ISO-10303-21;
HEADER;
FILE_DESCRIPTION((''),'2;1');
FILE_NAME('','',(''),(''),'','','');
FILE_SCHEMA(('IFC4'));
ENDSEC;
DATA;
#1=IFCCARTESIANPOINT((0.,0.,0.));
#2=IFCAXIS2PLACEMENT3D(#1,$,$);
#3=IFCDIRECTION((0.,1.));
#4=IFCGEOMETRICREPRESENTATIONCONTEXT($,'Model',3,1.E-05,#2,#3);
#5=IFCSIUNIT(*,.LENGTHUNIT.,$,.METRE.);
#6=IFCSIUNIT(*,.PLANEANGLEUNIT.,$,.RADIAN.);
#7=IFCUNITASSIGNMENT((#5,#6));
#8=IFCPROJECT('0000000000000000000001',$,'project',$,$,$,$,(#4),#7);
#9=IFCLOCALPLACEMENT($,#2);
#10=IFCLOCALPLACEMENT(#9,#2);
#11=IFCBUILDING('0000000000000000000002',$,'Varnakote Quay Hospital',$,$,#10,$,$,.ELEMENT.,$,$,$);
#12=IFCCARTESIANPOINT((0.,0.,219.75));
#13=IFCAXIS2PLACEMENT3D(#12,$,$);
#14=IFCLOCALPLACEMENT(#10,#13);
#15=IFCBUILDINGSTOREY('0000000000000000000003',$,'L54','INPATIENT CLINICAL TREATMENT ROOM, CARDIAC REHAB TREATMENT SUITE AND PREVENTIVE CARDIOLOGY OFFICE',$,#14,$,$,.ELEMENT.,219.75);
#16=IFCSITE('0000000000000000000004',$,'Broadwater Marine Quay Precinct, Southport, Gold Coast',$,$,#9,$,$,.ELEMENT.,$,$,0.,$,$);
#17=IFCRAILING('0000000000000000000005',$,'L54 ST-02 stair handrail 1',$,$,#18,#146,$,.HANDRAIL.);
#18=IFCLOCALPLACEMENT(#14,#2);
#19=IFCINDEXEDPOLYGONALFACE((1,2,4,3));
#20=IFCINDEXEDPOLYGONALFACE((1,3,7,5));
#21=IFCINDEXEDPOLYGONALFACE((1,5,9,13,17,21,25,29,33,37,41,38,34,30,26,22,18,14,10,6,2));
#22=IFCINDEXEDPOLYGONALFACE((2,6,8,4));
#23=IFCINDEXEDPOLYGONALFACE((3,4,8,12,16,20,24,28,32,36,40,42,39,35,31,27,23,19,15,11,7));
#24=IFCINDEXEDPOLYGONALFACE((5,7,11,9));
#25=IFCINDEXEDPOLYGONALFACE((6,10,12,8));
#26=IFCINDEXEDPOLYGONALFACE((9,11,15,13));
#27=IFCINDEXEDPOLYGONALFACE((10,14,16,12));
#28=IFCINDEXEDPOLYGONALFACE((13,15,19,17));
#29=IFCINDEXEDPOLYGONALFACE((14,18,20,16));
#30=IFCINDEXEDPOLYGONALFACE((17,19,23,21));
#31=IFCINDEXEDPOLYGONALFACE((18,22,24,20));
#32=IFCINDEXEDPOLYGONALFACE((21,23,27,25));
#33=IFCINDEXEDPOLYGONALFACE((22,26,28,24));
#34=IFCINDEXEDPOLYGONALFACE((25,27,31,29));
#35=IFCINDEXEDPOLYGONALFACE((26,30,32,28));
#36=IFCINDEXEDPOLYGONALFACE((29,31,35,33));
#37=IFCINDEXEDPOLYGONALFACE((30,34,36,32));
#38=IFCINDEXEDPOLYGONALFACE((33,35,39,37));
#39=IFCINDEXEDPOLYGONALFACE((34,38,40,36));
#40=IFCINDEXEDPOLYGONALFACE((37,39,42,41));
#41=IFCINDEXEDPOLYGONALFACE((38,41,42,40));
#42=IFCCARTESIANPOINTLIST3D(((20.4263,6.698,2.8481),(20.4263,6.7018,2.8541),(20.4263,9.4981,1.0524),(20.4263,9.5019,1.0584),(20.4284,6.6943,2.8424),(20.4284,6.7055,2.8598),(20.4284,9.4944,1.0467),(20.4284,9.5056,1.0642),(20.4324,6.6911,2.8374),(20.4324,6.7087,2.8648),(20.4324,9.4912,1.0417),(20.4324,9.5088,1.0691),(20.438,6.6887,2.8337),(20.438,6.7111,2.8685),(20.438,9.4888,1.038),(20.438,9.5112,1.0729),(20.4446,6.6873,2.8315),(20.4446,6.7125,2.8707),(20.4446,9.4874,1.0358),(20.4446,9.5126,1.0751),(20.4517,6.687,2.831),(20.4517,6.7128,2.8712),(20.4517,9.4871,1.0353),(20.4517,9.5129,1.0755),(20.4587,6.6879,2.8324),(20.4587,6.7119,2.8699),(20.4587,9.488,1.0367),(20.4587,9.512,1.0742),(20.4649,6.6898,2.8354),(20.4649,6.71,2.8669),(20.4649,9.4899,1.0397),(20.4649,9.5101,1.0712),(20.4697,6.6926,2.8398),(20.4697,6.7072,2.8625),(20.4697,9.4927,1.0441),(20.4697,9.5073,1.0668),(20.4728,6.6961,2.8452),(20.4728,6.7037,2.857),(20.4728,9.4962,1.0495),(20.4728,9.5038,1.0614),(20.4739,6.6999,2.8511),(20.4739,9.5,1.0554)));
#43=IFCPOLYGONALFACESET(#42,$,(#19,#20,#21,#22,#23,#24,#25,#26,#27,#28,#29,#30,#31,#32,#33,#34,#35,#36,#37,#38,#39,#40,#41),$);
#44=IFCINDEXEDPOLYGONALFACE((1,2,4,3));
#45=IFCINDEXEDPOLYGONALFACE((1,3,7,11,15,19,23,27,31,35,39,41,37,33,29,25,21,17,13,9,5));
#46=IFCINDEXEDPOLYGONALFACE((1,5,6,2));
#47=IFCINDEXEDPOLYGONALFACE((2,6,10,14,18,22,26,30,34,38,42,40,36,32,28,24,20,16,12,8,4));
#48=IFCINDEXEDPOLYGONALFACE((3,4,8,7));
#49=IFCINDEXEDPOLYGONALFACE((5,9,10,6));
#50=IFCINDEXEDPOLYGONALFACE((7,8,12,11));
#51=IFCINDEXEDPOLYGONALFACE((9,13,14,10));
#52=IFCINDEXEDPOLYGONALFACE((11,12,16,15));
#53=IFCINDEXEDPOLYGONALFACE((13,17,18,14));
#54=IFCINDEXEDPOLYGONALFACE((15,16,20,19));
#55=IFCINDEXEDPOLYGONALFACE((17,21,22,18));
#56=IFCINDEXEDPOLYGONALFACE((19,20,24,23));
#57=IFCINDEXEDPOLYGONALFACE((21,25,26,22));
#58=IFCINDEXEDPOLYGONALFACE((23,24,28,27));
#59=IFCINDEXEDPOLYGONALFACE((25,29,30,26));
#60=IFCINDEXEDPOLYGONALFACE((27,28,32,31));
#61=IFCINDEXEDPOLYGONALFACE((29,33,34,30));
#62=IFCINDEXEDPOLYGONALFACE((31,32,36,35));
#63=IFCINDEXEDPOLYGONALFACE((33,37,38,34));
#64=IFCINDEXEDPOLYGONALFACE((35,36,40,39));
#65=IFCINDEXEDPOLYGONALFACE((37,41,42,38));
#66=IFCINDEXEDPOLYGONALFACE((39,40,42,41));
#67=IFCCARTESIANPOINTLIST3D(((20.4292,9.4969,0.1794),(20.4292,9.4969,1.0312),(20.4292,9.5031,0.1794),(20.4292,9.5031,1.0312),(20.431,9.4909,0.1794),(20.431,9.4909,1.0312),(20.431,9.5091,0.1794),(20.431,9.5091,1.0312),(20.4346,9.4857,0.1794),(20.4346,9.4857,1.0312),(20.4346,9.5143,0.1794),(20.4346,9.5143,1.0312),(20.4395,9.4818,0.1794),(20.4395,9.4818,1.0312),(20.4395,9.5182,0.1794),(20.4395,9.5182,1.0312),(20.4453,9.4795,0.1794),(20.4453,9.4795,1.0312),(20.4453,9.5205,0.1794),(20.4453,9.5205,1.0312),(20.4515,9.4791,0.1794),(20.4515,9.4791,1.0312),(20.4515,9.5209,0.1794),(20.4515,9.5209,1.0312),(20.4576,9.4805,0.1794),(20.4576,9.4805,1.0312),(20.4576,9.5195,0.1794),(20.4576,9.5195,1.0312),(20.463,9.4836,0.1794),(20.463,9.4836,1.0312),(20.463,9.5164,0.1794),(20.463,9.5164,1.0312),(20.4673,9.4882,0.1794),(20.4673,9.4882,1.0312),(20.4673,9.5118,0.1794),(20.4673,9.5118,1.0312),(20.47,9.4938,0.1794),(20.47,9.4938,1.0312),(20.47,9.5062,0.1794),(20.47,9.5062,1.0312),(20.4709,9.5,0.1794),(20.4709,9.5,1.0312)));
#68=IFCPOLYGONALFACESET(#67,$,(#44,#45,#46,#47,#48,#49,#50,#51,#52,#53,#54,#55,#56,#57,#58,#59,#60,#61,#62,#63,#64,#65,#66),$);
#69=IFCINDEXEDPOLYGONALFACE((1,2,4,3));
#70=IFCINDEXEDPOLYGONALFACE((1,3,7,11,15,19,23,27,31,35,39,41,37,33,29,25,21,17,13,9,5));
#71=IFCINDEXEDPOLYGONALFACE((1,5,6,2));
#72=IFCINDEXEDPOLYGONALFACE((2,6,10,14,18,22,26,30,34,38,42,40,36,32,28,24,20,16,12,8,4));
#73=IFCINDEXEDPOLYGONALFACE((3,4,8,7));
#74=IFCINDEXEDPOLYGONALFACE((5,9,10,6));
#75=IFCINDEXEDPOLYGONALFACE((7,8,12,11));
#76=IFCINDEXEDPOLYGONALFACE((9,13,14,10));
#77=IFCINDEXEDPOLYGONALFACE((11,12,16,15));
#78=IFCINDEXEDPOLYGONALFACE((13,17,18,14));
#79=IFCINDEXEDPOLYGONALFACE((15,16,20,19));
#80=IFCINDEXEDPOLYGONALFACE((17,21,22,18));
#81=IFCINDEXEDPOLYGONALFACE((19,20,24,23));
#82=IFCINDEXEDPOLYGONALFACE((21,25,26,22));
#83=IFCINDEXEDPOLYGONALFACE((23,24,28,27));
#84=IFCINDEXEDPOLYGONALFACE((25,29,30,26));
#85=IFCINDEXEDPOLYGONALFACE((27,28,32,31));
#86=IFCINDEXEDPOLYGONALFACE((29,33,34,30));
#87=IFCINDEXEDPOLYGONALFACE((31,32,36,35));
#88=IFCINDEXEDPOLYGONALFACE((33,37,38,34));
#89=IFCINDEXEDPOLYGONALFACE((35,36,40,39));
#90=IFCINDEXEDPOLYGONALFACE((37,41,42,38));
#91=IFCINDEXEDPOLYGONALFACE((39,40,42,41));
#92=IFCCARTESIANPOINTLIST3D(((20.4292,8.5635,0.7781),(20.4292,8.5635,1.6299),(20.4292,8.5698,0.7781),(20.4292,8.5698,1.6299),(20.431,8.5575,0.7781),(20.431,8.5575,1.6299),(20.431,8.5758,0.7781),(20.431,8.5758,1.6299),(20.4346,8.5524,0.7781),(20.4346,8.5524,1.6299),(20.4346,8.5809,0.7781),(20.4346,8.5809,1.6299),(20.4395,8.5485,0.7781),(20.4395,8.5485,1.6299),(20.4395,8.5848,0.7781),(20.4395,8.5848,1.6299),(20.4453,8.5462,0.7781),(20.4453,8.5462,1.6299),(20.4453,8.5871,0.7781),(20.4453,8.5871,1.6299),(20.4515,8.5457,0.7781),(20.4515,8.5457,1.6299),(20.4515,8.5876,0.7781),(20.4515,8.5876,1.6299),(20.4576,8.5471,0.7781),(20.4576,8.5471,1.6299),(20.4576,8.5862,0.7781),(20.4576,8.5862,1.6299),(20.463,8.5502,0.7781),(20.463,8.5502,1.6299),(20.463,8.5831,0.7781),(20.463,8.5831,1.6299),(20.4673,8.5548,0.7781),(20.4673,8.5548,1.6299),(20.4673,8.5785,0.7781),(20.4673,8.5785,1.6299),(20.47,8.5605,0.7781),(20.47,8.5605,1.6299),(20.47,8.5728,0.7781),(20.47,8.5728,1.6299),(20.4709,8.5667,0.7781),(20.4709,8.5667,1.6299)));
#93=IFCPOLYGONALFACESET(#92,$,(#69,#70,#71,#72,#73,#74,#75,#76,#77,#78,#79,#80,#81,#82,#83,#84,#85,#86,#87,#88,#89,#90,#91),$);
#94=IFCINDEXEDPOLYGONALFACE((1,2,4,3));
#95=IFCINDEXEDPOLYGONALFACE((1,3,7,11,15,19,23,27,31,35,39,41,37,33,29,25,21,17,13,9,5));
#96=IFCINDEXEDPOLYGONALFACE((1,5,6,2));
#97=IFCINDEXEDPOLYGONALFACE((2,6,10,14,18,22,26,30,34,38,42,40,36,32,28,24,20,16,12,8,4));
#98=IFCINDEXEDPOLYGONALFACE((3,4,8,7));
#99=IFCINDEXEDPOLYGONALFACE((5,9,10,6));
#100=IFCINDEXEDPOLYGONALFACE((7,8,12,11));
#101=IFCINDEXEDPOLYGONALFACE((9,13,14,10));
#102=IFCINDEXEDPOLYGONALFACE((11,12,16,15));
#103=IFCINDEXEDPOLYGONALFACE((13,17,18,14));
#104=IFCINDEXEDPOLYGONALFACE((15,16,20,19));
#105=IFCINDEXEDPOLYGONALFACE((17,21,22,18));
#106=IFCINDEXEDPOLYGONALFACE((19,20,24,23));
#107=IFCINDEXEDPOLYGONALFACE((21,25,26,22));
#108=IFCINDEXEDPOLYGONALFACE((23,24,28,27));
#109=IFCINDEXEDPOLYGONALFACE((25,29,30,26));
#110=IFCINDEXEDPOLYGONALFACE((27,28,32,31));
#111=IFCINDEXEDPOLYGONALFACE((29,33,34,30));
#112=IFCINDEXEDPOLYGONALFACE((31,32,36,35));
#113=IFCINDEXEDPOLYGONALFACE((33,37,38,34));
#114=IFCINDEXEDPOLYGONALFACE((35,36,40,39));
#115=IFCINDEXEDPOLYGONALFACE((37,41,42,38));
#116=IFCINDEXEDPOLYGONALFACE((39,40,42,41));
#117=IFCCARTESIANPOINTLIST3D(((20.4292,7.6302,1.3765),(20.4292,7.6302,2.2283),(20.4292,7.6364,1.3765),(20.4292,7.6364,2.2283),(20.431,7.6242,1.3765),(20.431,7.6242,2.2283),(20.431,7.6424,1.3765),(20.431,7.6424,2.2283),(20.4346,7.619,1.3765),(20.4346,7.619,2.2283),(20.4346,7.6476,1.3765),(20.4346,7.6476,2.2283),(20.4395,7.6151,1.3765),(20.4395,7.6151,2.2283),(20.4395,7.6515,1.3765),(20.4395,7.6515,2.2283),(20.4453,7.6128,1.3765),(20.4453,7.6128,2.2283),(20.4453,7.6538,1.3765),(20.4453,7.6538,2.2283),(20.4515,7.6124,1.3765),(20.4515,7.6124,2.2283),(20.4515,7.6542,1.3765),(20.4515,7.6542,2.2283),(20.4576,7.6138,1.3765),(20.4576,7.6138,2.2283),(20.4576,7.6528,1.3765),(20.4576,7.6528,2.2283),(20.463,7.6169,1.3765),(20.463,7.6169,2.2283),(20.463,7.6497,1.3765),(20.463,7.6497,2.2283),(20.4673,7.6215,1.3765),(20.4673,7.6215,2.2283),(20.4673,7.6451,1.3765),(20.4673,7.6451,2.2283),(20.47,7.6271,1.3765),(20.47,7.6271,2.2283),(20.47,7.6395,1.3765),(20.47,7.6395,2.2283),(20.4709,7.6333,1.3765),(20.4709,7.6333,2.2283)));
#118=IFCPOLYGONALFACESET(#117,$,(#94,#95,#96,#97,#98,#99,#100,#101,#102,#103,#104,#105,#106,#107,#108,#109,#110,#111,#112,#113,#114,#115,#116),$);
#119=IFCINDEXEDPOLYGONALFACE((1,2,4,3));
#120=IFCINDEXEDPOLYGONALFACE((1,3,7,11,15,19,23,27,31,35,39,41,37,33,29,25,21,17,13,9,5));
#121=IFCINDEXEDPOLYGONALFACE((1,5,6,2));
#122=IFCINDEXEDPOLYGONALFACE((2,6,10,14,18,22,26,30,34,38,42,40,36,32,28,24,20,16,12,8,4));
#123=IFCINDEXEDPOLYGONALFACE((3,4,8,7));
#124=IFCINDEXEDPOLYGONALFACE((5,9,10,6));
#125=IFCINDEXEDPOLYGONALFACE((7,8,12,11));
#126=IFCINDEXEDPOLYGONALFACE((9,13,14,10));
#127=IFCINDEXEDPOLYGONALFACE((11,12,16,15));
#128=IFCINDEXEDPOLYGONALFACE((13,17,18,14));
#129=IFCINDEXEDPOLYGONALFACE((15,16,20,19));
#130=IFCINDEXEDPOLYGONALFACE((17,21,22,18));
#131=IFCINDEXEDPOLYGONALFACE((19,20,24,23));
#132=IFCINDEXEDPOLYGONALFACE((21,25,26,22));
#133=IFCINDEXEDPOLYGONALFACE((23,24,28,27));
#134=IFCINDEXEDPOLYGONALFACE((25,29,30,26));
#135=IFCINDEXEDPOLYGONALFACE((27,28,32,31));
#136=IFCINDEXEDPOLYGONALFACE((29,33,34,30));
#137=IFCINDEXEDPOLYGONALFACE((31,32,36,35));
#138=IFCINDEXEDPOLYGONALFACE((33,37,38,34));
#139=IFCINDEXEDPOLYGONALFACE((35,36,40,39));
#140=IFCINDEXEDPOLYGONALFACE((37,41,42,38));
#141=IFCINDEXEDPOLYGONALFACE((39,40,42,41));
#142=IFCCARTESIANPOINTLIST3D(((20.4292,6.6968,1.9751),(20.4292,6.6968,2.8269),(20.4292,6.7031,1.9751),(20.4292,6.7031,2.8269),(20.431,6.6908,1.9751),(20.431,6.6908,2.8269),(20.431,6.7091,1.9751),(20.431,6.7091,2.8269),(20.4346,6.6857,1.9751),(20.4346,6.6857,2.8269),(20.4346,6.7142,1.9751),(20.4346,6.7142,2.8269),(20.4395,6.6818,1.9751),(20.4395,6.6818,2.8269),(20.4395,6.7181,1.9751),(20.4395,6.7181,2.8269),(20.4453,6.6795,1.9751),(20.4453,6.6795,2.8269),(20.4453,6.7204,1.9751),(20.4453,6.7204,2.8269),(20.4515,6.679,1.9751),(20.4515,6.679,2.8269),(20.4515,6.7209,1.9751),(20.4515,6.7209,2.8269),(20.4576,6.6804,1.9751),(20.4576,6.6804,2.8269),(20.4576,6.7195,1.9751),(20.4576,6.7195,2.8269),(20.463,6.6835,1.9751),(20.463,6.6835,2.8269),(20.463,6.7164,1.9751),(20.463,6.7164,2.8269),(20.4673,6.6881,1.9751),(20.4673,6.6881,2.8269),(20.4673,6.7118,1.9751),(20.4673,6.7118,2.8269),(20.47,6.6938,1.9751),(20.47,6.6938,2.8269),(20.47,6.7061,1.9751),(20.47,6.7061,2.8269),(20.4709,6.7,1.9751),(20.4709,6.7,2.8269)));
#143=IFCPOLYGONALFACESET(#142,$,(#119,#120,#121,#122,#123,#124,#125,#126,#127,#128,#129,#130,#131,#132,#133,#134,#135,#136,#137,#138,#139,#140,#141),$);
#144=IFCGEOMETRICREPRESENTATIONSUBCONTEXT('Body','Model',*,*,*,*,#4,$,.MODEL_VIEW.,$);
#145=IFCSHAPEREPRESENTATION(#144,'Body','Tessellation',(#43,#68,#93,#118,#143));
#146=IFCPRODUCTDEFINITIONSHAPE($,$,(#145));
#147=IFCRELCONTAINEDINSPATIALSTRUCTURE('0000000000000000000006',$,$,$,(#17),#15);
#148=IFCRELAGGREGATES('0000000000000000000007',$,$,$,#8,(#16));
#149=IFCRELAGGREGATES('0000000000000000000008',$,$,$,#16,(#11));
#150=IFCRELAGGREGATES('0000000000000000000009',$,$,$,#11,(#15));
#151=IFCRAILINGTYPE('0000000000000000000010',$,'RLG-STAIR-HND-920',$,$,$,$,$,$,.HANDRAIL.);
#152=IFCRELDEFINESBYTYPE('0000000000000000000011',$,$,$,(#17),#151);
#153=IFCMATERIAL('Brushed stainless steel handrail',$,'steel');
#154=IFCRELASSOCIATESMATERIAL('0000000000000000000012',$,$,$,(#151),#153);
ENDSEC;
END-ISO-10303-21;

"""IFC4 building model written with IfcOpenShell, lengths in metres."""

from ifc_helpers import new_model, si_unit, direction, frame, origin, origin_2d, place, context, subcontext, project, spatial, circle, extrude, material, type_object, element, save


model = new_model("IFC4")

# Units and contexts
model_context = context("Model", 3, precision=1e-05, world=origin(), true_north=direction((0.0, 1.0)))
body_context = subcontext(model_context, "Body", "Model", "MODEL_VIEW")
ifc_project = project(units=[si_unit("LENGTHUNIT", "METRE"), si_unit("PLANEANGLEUNIT", "RADIAN")], contexts=[model_context])

# Site, building, storey
site_placement = place(None, origin())
site = spatial("IfcSite", under=ifc_project, at=site_placement, Name="Broadwater Marine Quay Precinct, Southport, Gold Coast", CompositionType="ELEMENT", RefElevation=0.0)
building_placement = place(site_placement, origin())
building = spatial("IfcBuilding", under=site, at=building_placement, Name="Varnakote Quay Hospital", CompositionType="ELEMENT")
storey_placement = place(building_placement, frame((0.0, 0.0, 219.75)))
storey = spatial("IfcBuildingStorey", under=building, at=storey_placement, Name="L54", Description="INPATIENT CLINICAL TREATMENT ROOM, CARDIAC REHAB TREATMENT SUITE AND PREVENTIVE CARDIOLOGY OFFICE", CompositionType="ELEMENT", Elevation=219.75)

# Railing
ifc_material_1 = material(Name="Brushed stainless steel handrail", Category="steel")
railing_type_1 = type_object("IfcRailingType", Name="RLG-STAIR-HND-920", PredefinedType="HANDRAIL", material=ifc_material_1)
railing_1_placement = place(storey_placement, frame((20.45, 9.5, 0.1794)))
element("IfcRailing", 1, at=railing_1_placement, inside=storey, type_object=railing_type_1, Name="L54 ST-02 stair handrail 1", PredefinedType="HANDRAIL", context=body_context, shape_type="SweptSolid", body=[
    extrude(circle(Radius=0.0239, at=origin_2d()), frame((0.0, 0.0, 0.876), z_axis=(0.0, -0.841777, 0.539826), x_axis=(1.0, 0.0, 0.0)), (0.0, 0.0, 1.0), 3.3264),
    extrude(circle(Radius=0.021, at=origin_2d()), origin(), (0.0, 0.0, 1.0), 0.8518),
    extrude(circle(Radius=0.021, at=origin_2d()), frame((0.0, -0.9333, 0.5986)), (0.0, 0.0, 1.0), 0.8518),
    extrude(circle(Radius=0.021, at=origin_2d()), frame((0.0, -1.8667, 1.197)), (0.0, 0.0, 1.0), 0.8518),
    extrude(circle(Radius=0.021, at=origin_2d()), frame((0.0, -2.8, 1.7957)), (0.0, 0.0, 1.0), 0.8518),
])

save(model, "model.ifc")
